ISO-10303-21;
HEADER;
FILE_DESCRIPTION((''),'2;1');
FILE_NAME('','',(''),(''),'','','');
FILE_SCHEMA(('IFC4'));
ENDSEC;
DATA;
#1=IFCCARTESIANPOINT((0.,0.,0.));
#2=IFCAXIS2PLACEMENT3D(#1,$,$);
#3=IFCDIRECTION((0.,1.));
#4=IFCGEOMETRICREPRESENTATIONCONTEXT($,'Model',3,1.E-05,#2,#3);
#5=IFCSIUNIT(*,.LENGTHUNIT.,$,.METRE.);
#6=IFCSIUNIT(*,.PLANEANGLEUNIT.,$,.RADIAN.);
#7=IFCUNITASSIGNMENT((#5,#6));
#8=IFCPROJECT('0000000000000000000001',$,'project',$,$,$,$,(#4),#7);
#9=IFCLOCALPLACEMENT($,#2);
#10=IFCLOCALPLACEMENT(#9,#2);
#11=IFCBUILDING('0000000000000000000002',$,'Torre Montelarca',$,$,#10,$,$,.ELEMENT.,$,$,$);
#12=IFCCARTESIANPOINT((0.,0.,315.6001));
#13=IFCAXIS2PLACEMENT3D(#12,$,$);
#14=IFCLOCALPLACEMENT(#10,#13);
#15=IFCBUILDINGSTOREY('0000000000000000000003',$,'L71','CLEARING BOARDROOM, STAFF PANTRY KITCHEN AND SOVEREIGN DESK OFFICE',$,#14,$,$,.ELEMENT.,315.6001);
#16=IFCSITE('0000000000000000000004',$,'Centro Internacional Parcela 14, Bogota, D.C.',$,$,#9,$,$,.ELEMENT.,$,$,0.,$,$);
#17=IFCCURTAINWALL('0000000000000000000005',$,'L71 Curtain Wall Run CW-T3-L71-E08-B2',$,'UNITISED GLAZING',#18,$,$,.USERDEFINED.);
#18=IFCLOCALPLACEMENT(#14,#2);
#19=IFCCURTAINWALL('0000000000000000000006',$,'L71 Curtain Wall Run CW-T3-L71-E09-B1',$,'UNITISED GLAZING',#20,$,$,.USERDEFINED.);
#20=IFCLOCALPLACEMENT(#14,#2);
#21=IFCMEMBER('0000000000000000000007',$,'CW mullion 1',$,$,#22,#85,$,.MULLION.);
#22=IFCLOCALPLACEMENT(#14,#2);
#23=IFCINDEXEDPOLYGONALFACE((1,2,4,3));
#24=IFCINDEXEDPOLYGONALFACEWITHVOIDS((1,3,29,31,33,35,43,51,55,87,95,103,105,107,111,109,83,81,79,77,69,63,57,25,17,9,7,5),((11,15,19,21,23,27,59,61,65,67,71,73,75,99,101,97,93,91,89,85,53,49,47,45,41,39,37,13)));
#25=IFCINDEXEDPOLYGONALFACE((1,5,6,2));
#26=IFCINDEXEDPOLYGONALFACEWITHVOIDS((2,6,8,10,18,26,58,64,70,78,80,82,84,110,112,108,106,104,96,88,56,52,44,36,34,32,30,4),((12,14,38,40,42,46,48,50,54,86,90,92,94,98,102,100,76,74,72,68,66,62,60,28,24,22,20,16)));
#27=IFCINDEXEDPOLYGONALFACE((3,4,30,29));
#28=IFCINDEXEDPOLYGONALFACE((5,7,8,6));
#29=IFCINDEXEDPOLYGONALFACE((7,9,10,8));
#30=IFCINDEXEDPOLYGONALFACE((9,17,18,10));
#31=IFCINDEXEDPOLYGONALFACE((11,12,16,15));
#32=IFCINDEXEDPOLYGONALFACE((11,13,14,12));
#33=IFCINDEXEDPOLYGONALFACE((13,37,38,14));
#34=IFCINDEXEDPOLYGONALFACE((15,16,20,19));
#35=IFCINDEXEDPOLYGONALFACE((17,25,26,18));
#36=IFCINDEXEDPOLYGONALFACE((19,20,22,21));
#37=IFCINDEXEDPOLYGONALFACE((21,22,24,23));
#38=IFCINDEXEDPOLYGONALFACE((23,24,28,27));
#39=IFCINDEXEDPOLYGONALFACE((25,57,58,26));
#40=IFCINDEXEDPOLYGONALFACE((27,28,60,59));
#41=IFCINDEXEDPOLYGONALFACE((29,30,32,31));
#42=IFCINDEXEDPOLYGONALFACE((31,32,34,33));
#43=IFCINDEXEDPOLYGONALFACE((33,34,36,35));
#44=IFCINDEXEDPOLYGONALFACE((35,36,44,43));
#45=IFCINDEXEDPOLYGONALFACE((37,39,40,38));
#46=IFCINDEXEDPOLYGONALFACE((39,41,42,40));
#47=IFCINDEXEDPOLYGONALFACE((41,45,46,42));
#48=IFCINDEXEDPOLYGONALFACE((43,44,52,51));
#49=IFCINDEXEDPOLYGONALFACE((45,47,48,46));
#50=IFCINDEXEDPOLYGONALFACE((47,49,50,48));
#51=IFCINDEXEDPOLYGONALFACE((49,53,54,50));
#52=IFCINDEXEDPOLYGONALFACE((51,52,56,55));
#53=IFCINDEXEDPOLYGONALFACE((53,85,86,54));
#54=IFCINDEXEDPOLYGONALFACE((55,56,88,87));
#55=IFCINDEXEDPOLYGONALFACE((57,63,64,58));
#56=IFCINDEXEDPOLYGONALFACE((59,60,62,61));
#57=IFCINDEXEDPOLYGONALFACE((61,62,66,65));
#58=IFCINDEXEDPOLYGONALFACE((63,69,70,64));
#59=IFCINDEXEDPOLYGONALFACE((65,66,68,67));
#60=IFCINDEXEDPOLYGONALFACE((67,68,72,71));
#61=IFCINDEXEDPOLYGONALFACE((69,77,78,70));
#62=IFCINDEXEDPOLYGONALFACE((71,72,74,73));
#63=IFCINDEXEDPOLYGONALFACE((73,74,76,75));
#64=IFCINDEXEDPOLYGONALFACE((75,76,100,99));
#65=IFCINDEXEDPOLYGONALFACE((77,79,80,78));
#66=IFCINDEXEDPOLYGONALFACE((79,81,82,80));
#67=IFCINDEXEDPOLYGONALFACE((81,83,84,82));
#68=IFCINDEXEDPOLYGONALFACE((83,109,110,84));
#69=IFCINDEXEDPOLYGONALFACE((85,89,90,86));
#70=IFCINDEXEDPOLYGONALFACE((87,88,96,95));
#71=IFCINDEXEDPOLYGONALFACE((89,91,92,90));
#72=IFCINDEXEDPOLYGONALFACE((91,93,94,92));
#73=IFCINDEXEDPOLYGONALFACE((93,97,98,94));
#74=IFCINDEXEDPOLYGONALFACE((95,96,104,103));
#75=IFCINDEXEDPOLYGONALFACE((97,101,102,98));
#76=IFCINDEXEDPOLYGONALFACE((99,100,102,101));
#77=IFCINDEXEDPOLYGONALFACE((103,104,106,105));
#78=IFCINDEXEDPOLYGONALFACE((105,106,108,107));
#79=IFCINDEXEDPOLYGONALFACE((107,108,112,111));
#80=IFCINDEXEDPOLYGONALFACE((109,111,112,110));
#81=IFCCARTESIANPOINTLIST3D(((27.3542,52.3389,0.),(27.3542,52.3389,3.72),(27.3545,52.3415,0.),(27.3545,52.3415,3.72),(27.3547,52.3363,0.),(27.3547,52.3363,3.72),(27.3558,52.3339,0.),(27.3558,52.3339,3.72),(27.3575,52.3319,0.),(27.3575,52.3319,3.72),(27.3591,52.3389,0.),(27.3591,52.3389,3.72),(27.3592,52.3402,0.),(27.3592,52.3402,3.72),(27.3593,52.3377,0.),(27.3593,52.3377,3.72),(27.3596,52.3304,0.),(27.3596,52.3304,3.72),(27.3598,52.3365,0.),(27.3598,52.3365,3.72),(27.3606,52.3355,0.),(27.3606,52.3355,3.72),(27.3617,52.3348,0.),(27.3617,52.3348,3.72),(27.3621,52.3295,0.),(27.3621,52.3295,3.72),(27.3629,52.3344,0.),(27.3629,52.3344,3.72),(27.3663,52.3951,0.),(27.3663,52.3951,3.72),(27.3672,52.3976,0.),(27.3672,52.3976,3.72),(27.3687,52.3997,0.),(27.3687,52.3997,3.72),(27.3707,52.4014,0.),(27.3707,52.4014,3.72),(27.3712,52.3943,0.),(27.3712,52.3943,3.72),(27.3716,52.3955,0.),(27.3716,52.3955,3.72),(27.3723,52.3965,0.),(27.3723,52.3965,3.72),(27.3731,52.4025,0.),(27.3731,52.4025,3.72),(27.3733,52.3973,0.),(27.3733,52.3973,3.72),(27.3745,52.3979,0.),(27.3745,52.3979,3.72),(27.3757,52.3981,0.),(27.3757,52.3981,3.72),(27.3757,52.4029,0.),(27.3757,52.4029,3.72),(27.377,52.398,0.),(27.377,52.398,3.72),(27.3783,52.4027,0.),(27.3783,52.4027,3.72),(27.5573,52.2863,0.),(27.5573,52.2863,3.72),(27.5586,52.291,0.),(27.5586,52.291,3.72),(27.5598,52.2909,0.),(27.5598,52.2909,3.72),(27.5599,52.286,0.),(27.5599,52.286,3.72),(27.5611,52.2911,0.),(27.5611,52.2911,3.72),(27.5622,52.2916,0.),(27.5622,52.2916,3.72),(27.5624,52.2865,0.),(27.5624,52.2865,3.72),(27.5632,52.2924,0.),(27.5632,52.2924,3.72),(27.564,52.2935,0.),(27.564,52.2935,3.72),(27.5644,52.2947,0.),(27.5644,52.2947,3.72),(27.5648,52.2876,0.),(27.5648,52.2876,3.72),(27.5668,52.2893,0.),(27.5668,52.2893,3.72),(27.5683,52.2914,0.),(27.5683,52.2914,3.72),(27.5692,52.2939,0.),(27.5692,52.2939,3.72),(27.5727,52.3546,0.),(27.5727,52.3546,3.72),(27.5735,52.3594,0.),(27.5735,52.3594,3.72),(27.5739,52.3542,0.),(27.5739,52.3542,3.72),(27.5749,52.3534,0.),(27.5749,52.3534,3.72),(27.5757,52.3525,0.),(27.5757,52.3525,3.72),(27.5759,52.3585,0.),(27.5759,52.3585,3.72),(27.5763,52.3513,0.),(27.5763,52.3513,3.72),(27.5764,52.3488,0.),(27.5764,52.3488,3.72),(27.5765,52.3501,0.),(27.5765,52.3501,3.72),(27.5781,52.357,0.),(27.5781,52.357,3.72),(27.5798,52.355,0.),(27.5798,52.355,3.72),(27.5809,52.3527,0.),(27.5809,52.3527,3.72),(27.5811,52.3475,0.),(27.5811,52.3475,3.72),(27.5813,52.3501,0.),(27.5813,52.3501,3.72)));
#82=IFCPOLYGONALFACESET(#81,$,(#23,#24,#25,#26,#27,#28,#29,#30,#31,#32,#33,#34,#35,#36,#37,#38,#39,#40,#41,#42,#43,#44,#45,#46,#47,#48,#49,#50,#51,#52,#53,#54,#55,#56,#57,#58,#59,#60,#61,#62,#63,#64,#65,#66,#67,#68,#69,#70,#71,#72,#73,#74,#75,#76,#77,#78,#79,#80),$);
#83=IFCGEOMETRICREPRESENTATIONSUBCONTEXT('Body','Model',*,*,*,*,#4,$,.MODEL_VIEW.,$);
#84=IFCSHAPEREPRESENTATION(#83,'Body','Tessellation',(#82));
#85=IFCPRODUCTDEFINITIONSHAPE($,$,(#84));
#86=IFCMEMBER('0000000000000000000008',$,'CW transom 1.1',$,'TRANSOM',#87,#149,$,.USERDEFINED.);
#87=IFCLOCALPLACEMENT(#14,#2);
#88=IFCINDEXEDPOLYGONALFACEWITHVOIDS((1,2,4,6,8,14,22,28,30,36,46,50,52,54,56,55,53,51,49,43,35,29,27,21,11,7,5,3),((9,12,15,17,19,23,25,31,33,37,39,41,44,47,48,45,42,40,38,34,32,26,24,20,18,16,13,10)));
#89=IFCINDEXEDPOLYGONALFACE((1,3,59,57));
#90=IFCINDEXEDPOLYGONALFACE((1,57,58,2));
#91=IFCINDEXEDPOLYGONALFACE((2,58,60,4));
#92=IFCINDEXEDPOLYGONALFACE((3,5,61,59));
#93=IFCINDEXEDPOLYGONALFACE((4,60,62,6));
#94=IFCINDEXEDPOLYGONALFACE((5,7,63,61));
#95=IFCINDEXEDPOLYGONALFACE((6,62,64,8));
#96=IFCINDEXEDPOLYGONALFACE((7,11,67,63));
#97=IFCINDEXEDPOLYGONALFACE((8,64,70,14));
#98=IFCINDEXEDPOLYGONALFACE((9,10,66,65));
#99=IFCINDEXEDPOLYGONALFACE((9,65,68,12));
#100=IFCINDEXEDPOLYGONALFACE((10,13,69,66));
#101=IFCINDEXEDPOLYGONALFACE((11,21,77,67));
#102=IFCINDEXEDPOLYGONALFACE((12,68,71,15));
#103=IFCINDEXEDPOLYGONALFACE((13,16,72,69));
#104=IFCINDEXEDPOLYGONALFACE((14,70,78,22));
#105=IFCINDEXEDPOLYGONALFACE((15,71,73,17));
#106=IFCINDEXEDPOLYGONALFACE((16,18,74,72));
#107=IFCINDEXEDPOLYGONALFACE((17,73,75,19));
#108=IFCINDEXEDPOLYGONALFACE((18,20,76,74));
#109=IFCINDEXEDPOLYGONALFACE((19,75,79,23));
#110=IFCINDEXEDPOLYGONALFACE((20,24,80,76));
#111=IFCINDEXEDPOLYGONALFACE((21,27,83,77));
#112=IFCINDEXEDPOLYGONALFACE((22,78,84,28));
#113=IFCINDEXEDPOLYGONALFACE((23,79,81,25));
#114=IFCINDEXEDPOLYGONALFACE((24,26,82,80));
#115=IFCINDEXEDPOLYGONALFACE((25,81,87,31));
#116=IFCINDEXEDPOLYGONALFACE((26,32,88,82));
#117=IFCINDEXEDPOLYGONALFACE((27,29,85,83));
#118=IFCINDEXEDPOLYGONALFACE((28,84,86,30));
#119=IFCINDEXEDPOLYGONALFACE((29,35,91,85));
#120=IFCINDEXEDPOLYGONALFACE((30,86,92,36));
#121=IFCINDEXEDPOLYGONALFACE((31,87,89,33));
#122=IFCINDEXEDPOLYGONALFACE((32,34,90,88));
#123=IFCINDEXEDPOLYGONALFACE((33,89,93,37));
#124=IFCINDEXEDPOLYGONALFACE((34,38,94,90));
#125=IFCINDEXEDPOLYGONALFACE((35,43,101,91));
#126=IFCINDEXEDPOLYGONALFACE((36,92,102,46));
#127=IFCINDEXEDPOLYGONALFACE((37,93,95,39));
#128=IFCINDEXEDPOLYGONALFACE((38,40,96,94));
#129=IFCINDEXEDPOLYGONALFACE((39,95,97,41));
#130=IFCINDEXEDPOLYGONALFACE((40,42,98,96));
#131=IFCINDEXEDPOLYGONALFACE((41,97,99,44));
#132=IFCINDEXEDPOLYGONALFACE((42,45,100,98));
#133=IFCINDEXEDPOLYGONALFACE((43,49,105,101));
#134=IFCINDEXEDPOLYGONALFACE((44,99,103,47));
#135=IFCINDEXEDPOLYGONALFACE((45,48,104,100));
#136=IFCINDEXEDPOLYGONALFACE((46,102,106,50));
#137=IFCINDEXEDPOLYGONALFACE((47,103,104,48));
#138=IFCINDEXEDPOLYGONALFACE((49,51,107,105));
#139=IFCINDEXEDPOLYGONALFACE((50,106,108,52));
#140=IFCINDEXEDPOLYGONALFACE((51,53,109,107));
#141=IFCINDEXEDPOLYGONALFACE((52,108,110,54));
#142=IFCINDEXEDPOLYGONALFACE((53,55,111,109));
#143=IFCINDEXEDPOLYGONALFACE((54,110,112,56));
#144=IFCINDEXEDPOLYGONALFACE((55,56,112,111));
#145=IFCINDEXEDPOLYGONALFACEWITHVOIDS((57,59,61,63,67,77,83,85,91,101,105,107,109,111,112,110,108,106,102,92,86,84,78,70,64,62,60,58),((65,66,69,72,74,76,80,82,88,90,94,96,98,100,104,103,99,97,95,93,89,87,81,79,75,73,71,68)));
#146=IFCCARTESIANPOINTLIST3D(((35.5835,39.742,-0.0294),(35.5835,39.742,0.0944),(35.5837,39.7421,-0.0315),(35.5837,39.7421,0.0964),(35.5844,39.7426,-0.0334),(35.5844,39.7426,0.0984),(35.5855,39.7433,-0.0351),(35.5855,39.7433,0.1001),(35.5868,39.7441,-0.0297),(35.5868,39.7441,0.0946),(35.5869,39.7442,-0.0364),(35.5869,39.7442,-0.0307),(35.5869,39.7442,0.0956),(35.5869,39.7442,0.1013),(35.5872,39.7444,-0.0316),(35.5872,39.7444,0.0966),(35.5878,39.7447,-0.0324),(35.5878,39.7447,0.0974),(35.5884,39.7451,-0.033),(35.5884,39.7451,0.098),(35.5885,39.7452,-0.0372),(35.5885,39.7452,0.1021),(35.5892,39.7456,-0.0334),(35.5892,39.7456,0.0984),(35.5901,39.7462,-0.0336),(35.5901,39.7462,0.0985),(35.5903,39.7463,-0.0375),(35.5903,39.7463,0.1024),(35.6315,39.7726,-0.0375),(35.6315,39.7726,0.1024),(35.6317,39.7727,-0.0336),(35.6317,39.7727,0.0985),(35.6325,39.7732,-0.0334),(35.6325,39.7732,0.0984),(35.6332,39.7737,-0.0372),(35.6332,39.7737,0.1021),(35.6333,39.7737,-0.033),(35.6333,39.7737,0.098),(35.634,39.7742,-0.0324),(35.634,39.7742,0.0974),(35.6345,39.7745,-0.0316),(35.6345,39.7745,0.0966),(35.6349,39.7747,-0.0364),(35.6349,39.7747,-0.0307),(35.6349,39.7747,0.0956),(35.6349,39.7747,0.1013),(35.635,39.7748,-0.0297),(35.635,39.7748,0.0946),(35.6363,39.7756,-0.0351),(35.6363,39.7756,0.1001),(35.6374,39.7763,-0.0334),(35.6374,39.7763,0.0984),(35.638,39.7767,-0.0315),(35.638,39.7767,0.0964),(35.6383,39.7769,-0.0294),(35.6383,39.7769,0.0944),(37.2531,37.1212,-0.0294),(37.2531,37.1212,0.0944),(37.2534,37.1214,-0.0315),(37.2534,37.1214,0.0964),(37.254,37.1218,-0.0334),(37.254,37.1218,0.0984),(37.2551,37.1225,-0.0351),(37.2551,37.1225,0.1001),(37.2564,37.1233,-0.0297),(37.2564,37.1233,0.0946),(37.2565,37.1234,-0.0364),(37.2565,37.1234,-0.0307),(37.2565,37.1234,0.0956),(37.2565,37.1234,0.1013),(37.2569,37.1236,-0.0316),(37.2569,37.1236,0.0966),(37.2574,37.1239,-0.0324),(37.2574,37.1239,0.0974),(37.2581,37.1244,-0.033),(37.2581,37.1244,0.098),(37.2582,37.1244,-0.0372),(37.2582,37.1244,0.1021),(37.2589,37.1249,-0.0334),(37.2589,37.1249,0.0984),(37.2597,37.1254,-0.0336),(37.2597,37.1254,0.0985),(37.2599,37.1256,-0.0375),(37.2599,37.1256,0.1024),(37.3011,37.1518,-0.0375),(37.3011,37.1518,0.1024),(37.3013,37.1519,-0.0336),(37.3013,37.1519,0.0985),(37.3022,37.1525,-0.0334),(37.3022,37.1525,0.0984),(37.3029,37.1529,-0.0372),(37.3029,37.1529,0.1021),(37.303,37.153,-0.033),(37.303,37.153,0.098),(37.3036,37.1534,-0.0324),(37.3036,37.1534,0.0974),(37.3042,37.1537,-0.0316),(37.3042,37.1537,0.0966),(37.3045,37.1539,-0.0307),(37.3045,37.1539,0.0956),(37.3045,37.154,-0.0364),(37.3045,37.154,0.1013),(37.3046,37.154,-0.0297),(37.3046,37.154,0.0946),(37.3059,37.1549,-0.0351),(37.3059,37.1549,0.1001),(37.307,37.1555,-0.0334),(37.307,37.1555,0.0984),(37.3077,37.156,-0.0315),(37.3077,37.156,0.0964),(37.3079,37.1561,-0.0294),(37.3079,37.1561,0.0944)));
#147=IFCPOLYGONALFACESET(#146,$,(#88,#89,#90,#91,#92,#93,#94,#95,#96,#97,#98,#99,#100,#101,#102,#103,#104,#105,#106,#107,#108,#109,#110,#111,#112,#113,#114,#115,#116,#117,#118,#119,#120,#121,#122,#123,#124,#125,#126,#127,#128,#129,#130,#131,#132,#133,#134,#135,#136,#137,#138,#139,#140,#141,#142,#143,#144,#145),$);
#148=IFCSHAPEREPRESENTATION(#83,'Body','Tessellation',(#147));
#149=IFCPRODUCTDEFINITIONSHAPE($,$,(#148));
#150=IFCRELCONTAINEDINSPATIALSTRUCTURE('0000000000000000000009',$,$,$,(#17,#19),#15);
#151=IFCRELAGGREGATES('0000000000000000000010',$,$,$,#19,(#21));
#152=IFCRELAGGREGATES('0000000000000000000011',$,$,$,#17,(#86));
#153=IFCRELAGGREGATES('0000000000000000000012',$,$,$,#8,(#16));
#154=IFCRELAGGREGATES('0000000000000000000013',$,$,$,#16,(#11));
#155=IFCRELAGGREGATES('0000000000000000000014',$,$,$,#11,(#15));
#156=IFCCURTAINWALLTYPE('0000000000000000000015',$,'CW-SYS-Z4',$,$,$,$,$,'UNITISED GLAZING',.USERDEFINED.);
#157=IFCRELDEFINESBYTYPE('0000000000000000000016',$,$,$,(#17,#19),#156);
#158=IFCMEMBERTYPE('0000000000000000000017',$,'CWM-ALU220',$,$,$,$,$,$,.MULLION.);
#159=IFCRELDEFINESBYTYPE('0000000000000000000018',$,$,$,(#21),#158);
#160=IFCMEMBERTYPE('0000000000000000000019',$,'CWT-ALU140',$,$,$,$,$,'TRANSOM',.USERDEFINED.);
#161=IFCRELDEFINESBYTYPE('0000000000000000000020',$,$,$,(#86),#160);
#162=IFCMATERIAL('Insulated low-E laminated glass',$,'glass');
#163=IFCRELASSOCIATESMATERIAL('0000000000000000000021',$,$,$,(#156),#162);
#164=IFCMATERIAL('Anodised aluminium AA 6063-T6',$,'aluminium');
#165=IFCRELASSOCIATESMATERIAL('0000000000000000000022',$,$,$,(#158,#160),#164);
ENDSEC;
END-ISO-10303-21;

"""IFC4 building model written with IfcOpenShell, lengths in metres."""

from ifc_helpers import new_model, si_unit, direction, frame, origin, origin_2d, place, context, subcontext, project, spatial, hollow_rectangle, extrude, source, transform, mapped, material, material_profile, profile_set, type_object, element, aggregate, save


model = new_model("IFC4")

# Units and contexts
model_context = context("Model", 3, precision=1e-05, world=origin(), true_north=direction((0.0, 1.0)))
body_context = subcontext(model_context, "Body", "Model", "MODEL_VIEW")
ifc_project = project(units=[si_unit("LENGTHUNIT", "METRE"), si_unit("PLANEANGLEUNIT", "RADIAN")], contexts=[model_context])

# Site, building, storey
site_placement = place(None, origin())
site = spatial("IfcSite", under=ifc_project, at=site_placement, Name="Centro Internacional Parcela 14, Bogota, D.C.", CompositionType="ELEMENT", RefElevation=0.0)
building_placement = place(site_placement, origin())
building = spatial("IfcBuilding", under=site, at=building_placement, Name="Torre Montelarca", CompositionType="ELEMENT")
storey_placement = place(building_placement, frame((0.0, 0.0, 315.6001)))
storey = spatial("IfcBuildingStorey", under=building, at=storey_placement, Name="L71", Description="CLEARING BOARDROOM, STAFF PANTRY KITCHEN AND SOVEREIGN DESK OFFICE", CompositionType="ELEMENT", Elevation=315.6001)

# Shared definitions
ifc_material_1 = material(Name="Insulated low-E laminated glass", Category="glass")
curtain_wall_type = type_object("IfcCurtainWallType", Name="CW-SYS-Z4", ElementType="UNITISED GLAZING", PredefinedType="USERDEFINED", material=ifc_material_1)
ifc_material_2 = material(Name="Anodised aluminium AA 6063-T6", Category="aluminium")
ifc_material_profile_1 = material_profile(ifc_material_2, hollow_rectangle(XDim=0.075, YDim=0.22, WallThickness=0.0049, InnerFilletRadius=0.0049, OuterFilletRadius=0.01, at=origin_2d()), Name="ALU75X220X5", Category="aluminium")
ifc_profile_set_1 = profile_set([ifc_material_profile_1], Name="Anodised aluminium AA 6063-T6")
member_type_1 = type_object("IfcMemberType", Name="CWM-ALU220", PredefinedType="MULLION", material=ifc_profile_set_1)
shared_shape_1 = source(origin(), body_context, "Body", "SweptSolid", [
    extrude(hollow_rectangle(XDim=0.075, YDim=0.22, WallThickness=0.0049, InnerFilletRadius=0.0049, OuterFilletRadius=0.01, at=origin_2d()), origin(), (0.0, 0.0, 1.0), 3.72),
])

# Curtain wall
curtain_wall_1_placement = place(storey_placement, origin())
curtain_wall_1 = element("IfcCurtainWall", 1, at=curtain_wall_1_placement, inside=storey, type_object=curtain_wall_type, Name="L71 Curtain Wall Run CW-T3-L71-E08-B2", ObjectType="UNITISED GLAZING", PredefinedType="USERDEFINED")

# Curtain wall, member
curtain_wall_2_placement = place(storey_placement, origin())
curtain_wall_2 = element("IfcCurtainWall", 2, at=curtain_wall_2_placement, inside=storey, type_object=curtain_wall_type, Name="L71 Curtain Wall Run CW-T3-L71-E09-B1", ObjectType="UNITISED GLAZING", PredefinedType="USERDEFINED")
member_1_placement = place(storey_placement, frame((27.4678, 52.3445, 0.0), z_axis=(0.0, 0.0, 1.0), x_axis=(-0.216443, -0.976295, 0.0)))
member_1 = element("IfcMember", 3, at=member_1_placement, type_object=member_type_1, Name="CW mullion 1", PredefinedType="MULLION", context=body_context, shape_type="MappedRepresentation", body=[
    mapped(shared_shape_1, transform((0.0, 0.0, 0.0), scale=1.0)),
])

# Member
ifc_material_profile_2 = material_profile(ifc_material_2, hollow_rectangle(XDim=0.0649, YDim=0.1399, WallThickness=0.0039, InnerFilletRadius=0.0039, OuterFilletRadius=0.0081, at=origin_2d()), Name="ALU65X140X4", Category="aluminium")
ifc_profile_set_2 = profile_set([ifc_material_profile_2], Name="Anodised aluminium AA 6063-T6")
member_type_2 = type_object("IfcMemberType", Name="CWT-ALU140", ElementType="TRANSOM", PredefinedType="USERDEFINED", material=ifc_profile_set_2)
shared_shape_2 = source(origin(), body_context, "Body", "SweptSolid", [
    extrude(hollow_rectangle(XDim=0.0649, YDim=0.1399, WallThickness=0.0039, InnerFilletRadius=0.0039, OuterFilletRadius=0.0081, at=origin_2d()), origin(), (0.0, 0.0, 1.0), 3.1074),
])
member_2_placement = place(storey_placement, frame((37.2805, 37.1387, 0.0325), z_axis=(-0.537302, 0.84339, 0.0), x_axis=(-0.84339, -0.537302, 0.0)))
member_2 = element("IfcMember", 4, at=member_2_placement, type_object=member_type_2, Name="CW transom 1.1", ObjectType="TRANSOM", PredefinedType="USERDEFINED", context=body_context, shape_type="MappedRepresentation", body=[
    mapped(shared_shape_2, transform((0.0, 0.0, 0.0), scale=1.0)),
])
aggregate(curtain_wall_2, [member_1])

aggregate(curtain_wall_1, [member_2])

save(model, "model.ifc")
